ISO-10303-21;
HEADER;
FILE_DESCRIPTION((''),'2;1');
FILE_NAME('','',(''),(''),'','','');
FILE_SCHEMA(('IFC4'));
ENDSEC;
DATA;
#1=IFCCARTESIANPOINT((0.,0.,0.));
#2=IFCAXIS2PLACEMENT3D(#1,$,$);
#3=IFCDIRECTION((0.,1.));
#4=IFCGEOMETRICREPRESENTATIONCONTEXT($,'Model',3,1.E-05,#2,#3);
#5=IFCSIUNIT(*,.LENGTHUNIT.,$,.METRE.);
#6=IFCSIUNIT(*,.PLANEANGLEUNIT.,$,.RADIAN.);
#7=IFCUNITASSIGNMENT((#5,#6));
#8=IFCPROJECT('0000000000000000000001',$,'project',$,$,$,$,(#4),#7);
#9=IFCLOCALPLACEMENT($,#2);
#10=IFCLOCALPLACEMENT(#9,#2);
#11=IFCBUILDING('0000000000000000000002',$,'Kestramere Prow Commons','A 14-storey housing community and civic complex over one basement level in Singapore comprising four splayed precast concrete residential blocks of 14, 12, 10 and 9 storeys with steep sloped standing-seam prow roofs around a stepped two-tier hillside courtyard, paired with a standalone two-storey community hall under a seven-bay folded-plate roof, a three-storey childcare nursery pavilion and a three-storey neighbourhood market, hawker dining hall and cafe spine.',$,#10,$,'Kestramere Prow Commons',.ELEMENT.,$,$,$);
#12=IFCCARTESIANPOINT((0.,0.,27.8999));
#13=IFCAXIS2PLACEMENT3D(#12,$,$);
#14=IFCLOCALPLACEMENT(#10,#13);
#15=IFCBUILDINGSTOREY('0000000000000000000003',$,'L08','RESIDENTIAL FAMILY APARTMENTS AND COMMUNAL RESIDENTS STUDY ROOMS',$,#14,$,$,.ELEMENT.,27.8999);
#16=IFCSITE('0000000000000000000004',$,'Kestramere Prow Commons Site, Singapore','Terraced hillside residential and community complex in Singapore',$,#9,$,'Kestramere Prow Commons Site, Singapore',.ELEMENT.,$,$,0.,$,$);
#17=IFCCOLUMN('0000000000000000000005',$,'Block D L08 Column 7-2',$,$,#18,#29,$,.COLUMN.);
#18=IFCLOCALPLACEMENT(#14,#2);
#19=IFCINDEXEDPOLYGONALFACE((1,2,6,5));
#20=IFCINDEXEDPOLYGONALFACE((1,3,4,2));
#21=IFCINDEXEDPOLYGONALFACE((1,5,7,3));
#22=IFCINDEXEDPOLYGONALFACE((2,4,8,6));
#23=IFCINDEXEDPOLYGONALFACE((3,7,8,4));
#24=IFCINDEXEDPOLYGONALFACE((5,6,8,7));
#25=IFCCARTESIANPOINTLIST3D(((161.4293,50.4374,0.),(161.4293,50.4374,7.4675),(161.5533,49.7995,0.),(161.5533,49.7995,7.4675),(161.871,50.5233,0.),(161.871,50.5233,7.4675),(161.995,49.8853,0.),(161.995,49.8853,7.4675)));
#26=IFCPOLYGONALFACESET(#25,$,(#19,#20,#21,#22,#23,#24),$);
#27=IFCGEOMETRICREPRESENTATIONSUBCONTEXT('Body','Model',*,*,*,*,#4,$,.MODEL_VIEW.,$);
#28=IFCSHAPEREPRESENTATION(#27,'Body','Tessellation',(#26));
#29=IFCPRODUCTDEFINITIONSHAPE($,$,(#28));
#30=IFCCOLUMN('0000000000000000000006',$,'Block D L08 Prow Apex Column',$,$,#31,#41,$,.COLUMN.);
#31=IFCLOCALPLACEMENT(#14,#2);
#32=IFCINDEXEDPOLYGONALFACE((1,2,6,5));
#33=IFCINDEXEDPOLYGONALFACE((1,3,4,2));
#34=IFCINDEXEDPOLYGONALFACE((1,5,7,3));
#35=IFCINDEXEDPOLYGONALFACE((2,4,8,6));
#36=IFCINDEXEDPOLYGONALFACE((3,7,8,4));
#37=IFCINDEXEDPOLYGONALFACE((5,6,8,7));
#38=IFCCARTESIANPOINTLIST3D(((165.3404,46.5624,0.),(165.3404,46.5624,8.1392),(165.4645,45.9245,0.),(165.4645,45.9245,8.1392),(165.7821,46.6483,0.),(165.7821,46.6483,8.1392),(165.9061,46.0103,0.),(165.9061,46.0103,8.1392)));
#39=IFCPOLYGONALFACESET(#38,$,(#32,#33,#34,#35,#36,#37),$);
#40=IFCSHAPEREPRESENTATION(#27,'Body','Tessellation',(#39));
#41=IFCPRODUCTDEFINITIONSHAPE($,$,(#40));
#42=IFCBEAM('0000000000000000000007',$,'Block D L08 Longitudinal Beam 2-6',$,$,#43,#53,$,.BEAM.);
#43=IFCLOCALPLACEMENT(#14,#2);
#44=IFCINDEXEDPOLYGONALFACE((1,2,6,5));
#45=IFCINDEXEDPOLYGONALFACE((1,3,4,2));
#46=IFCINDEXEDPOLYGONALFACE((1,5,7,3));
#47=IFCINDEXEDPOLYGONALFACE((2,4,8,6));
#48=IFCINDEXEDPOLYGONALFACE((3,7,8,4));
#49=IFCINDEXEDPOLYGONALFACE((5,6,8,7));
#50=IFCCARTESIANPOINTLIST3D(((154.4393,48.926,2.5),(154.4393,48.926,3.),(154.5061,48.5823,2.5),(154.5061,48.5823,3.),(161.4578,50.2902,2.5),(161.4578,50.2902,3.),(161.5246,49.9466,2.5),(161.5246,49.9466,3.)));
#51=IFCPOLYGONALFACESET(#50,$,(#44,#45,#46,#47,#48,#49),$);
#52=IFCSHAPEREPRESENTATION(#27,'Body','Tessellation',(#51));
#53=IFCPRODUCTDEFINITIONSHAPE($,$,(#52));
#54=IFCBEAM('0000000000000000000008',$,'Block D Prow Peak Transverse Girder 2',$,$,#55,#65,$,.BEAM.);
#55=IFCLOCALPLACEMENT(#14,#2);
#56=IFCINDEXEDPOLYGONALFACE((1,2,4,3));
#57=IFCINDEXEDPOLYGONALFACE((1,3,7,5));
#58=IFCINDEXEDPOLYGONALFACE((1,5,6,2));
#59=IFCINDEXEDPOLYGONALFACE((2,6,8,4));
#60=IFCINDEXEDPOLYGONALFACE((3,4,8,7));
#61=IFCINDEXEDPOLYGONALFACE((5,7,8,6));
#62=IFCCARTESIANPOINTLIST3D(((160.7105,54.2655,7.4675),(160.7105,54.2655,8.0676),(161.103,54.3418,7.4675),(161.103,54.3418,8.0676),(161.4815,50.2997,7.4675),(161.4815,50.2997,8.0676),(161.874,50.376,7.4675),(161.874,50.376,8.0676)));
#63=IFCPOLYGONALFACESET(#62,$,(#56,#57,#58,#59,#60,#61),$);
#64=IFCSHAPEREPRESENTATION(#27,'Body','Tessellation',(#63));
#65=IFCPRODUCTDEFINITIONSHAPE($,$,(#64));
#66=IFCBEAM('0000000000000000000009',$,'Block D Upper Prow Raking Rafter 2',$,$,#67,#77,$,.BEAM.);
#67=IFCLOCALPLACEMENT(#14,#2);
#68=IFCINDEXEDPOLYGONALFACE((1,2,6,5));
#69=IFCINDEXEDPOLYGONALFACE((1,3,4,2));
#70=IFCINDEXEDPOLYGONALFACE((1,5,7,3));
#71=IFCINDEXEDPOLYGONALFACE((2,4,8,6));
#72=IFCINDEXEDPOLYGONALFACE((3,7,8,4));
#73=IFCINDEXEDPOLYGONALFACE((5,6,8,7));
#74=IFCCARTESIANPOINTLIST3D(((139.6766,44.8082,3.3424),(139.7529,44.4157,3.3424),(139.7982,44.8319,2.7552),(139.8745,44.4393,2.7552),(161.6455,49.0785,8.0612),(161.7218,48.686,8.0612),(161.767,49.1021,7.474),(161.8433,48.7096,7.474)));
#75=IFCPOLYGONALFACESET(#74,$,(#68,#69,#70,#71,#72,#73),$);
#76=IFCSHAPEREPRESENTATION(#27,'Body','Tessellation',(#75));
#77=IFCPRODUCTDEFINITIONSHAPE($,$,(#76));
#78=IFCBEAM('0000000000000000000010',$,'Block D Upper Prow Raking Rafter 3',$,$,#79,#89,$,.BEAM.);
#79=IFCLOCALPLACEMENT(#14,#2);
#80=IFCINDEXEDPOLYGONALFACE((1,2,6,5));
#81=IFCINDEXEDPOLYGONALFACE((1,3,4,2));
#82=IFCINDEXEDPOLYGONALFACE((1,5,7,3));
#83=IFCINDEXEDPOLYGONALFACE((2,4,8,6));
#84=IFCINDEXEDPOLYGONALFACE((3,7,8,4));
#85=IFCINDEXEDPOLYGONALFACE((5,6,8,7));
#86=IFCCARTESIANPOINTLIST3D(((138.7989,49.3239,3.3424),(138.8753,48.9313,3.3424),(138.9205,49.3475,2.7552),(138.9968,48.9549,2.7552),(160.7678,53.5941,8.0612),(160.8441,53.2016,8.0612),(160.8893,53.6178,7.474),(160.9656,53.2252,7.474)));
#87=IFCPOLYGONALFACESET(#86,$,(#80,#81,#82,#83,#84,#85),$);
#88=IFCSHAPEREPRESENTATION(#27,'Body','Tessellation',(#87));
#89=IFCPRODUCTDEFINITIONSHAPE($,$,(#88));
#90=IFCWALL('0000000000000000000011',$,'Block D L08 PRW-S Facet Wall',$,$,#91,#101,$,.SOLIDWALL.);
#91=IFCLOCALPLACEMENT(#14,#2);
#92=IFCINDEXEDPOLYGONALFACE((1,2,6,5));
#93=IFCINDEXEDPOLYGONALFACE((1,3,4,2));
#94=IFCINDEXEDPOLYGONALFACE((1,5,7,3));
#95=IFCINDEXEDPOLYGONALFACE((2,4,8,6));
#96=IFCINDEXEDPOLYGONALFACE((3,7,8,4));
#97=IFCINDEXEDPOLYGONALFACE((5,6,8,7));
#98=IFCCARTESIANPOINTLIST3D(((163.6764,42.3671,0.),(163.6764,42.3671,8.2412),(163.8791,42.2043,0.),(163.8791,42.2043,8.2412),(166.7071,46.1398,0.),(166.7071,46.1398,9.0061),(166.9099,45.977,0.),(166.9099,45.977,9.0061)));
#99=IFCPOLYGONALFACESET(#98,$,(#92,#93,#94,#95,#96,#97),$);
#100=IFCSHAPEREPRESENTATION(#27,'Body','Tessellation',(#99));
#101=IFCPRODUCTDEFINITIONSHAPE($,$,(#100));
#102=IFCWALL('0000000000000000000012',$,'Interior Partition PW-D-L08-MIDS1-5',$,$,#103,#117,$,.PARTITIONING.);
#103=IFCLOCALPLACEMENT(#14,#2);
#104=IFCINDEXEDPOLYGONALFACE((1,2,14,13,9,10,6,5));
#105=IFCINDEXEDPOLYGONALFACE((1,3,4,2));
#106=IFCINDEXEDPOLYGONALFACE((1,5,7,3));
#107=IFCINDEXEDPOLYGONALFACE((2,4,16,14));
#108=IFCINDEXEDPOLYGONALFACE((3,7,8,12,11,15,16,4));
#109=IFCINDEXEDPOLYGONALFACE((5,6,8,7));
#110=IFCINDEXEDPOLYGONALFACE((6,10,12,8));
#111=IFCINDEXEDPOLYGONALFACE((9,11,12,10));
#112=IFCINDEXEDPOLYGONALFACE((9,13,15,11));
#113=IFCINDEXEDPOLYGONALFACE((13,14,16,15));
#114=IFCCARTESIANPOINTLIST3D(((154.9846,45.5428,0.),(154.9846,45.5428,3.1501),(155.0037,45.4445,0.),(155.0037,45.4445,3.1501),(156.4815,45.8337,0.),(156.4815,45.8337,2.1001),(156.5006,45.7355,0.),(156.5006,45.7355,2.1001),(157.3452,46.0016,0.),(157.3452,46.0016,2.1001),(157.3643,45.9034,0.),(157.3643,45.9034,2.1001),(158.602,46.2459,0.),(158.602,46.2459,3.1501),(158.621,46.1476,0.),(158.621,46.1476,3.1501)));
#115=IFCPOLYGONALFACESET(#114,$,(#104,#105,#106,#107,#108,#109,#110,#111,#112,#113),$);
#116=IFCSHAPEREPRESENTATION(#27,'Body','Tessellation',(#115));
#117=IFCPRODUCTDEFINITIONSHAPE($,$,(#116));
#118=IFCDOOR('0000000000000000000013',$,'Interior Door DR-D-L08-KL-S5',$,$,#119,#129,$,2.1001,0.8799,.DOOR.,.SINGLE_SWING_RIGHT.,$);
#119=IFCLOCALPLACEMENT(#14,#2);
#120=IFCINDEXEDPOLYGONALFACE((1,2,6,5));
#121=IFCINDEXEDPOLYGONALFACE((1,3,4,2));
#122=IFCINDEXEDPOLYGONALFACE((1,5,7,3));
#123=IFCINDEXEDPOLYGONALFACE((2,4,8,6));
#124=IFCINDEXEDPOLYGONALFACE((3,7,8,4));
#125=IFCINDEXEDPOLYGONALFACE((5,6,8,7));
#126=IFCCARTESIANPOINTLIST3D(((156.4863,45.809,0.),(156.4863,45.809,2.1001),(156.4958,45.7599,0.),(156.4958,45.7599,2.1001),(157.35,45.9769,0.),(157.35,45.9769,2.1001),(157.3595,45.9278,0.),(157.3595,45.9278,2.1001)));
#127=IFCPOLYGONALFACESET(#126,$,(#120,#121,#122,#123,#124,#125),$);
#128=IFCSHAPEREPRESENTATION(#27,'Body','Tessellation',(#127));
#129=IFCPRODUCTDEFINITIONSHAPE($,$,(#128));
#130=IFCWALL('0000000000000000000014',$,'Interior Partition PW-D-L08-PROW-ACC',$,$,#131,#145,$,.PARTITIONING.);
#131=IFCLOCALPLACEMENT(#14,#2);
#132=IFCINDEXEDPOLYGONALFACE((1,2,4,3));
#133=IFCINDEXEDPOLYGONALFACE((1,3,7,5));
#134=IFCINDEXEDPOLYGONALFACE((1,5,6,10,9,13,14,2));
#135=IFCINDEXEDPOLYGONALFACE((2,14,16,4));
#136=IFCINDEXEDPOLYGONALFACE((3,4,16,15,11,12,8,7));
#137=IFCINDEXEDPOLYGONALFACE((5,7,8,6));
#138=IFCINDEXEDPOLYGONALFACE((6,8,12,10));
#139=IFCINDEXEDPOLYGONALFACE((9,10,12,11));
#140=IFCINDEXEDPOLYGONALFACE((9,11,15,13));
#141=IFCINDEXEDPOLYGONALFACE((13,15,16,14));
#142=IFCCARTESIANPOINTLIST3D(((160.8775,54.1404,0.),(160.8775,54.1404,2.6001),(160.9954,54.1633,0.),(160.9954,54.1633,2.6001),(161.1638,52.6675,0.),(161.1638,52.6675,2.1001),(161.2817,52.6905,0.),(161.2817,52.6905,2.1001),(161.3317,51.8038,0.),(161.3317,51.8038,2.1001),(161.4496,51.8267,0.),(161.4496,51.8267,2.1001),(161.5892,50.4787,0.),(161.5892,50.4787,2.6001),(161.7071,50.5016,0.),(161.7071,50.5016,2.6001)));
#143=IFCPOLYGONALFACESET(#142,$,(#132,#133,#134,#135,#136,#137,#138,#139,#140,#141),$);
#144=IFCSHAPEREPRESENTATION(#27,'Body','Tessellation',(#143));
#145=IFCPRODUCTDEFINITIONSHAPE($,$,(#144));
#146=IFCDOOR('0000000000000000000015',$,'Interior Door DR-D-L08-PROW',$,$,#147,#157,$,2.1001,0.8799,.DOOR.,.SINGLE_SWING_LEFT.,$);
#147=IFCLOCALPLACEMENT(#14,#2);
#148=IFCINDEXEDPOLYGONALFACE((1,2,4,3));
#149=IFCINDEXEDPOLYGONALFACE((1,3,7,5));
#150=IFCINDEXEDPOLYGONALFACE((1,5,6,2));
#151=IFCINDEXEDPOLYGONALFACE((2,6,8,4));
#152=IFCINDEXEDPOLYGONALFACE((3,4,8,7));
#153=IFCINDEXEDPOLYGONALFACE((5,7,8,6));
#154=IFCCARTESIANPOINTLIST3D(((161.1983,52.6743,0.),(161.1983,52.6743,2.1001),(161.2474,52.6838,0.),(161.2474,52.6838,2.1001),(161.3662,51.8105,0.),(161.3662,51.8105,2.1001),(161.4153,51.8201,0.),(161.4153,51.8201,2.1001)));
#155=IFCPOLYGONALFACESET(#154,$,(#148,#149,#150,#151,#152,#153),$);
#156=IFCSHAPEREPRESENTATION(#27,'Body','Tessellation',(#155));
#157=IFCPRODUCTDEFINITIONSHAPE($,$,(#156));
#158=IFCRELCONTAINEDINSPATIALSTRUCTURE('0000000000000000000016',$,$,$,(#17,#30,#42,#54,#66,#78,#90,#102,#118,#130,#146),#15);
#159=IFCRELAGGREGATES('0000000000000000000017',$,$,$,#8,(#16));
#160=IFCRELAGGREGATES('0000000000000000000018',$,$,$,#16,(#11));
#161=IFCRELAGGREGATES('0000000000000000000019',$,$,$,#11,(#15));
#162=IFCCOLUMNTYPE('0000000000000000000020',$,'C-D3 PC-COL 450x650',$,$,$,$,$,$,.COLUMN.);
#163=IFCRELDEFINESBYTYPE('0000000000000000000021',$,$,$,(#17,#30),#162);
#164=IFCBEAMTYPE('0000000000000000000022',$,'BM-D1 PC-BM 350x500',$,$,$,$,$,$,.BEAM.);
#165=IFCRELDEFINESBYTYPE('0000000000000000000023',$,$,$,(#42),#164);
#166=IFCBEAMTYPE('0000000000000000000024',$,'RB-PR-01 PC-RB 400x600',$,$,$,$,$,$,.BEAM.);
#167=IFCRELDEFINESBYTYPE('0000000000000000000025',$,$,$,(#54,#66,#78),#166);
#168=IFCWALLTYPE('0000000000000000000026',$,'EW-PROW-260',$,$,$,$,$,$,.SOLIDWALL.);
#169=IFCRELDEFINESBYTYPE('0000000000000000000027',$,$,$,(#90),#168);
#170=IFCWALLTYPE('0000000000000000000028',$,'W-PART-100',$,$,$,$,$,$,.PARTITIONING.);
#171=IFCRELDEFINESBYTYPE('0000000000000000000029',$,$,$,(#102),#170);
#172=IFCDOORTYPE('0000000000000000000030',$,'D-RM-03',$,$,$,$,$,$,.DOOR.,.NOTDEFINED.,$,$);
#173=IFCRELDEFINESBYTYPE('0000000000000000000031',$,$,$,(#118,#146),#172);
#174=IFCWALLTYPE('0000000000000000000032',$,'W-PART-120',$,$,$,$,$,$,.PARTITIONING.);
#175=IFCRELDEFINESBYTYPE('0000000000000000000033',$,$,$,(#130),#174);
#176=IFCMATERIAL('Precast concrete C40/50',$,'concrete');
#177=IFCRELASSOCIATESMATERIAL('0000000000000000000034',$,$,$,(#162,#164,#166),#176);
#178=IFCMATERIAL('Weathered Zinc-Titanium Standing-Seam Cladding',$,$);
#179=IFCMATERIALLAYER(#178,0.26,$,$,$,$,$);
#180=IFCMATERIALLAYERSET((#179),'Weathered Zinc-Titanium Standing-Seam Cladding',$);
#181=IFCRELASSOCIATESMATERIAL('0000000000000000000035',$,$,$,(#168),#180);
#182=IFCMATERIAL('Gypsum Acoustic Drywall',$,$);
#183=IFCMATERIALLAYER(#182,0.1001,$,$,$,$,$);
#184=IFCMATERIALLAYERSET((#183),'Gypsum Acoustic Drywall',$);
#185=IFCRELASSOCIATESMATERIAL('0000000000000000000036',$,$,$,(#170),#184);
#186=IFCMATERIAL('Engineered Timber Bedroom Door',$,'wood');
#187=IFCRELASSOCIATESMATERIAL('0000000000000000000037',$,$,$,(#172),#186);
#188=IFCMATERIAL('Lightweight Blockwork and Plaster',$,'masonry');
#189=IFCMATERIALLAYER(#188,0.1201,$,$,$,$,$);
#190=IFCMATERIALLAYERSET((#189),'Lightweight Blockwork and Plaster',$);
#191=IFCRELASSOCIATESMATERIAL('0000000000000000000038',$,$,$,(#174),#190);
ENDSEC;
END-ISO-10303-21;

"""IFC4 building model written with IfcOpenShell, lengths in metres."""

from ifc_helpers import new_model, si_unit, direction, frame, frame_2d, origin, origin_2d, place, context, subcontext, project, spatial, polyline, rectangle, outline, extrude, material, layer, layer_set, material_profile, profile_set, type_object, element, fill, save


model = new_model("IFC4")

# Units and contexts
model_context = context("Model", 3, precision=1e-05, world=origin(), true_north=direction((0.0, 1.0)))
body_context = subcontext(model_context, "Body", "Model", "MODEL_VIEW")
ifc_project = project(units=[si_unit("LENGTHUNIT", "METRE"), si_unit("PLANEANGLEUNIT", "RADIAN")], contexts=[model_context])

# Site, building, storey
site_placement = place(None, origin())
site = spatial("IfcSite", under=ifc_project, at=site_placement, Name="Kestramere Prow Commons Site, Singapore", Description="Terraced hillside residential and community complex in Singapore", LongName="Kestramere Prow Commons Site, Singapore", CompositionType="ELEMENT", RefElevation=0.0)
building_placement = place(site_placement, origin())
building = spatial("IfcBuilding", under=site, at=building_placement, Name="Kestramere Prow Commons", Description="A 14-storey housing community and civic complex over one basement level in Singapore comprising four splayed precast concrete residential blocks of 14, 12, 10 and 9 storeys with steep sloped standing-seam prow roofs around a stepped two-tier hillside courtyard, paired with a standalone two-storey community hall under a seven-bay folded-plate roof, a three-storey childcare nursery pavilion and a three-storey neighbourhood market, hawker dining hall and cafe spine.", LongName="Kestramere Prow Commons", CompositionType="ELEMENT")
storey_placement = place(building_placement, frame((0.0, 0.0, 27.8999)))
storey = spatial("IfcBuildingStorey", under=building, at=storey_placement, Name="L08", Description="RESIDENTIAL FAMILY APARTMENTS AND COMMUNAL RESIDENTS STUDY ROOMS", CompositionType="ELEMENT", Elevation=27.8999)

# Columns
ifc_material_1 = material(Name="Precast concrete C40/50", Category="concrete")
ifc_material_profile_1 = material_profile(ifc_material_1, rectangle(XDim=0.45, YDim=0.6499, at=origin_2d()), Name="PC-COL 450x650")
ifc_profile_set_1 = profile_set([ifc_material_profile_1], Name="Precast concrete C40/50")
column_type = type_object("IfcColumnType", Name="C-D3 PC-COL 450x650", PredefinedType="COLUMN", material=ifc_profile_set_1)
column_1_placement = place(storey_placement, frame((161.7122, 50.1614, 0.0), z_axis=(0.0, 0.0, 1.0), x_axis=(0.981627, 0.190809, 0.0)))
element("IfcColumn", 1, at=column_1_placement, inside=storey, type_object=column_type, Name="Block D L08 Column 7-2", PredefinedType="COLUMN", context=body_context, shape_type="SweptSolid", body=[
    extrude(rectangle(XDim=0.45, YDim=0.6499, at=origin_2d()), origin(), (0.0, 0.0, 1.0), 7.4675),
])
column_2_placement = place(storey_placement, frame((165.6233, 46.2864, 0.0), z_axis=(0.0, 0.0, 1.0), x_axis=(0.981627, 0.190809, 0.0)))
element("IfcColumn", 2, at=column_2_placement, inside=storey, type_object=column_type, Name="Block D L08 Prow Apex Column", PredefinedType="COLUMN", context=body_context, shape_type="SweptSolid", body=[
    extrude(rectangle(XDim=0.45, YDim=0.6499, at=origin_2d()), origin(), (0.0, 0.0, 1.0), 8.1392),
])

# Beams
ifc_material_profile_2 = material_profile(ifc_material_1, rectangle(XDim=0.3501, YDim=0.5, at=origin_2d()), Name="PC-BM 350x500")
ifc_profile_set_2 = profile_set([ifc_material_profile_2], Name="Precast concrete C40/50")
beam_type_1 = type_object("IfcBeamType", Name="BM-D1 PC-BM 350x500", PredefinedType="BEAM", material=ifc_profile_set_2)
beam_1_placement = place(storey_placement, frame((154.4727, 48.7542, 2.75), z_axis=(0.981627, 0.190808, 0.0), x_axis=(-0.190808, 0.981627, 0.0)))
element("IfcBeam", 3, at=beam_1_placement, inside=storey, type_object=beam_type_1, Name="Block D L08 Longitudinal Beam 2-6", PredefinedType="BEAM", context=body_context, shape_type="SweptSolid", body=[
    extrude(rectangle(XDim=0.3501, YDim=0.5, at=origin_2d()), origin(), (0.0, 0.0, 1.0), 7.1499),
])
ifc_material_profile_3 = material_profile(ifc_material_1, rectangle(XDim=0.3999, YDim=0.6001, at=origin_2d()), Name="PC-RB 400x600")
ifc_profile_set_3 = profile_set([ifc_material_profile_3], Name="Precast concrete C40/50")
beam_type_2 = type_object("IfcBeamType", Name="RB-PR-01 PC-RB 400x600", PredefinedType="BEAM", material=ifc_profile_set_3)
beam_2_placement = place(storey_placement, frame((161.6777, 50.3379, 7.7676), z_axis=(-0.190837, 0.981622, 0.0), x_axis=(-0.981622, -0.190837, 0.0)))
element("IfcBeam", 4, at=beam_2_placement, inside=storey, type_object=beam_type_2, Name="Block D Prow Peak Transverse Girder 2", PredefinedType="BEAM", context=body_context, shape_type="SweptSolid", body=[
    extrude(rectangle(XDim=0.3999, YDim=0.6001, at=origin_2d()), origin(), (0.0, 0.0, 1.0), 4.04),
])
for number, where, z_axis, x_axis, name in (
    (5, (161.7444, 48.894, 7.7676), (-0.960509, -0.186703, -0.206311), (0.190808, -0.981627, 0.0), "Block D Upper Prow Raking Rafter 2"),
    (6, (160.8667, 53.4097, 7.7676), (-0.960509, -0.186703, -0.206311), (0.190808, -0.981627, 0.0), "Block D Upper Prow Raking Rafter 3"),
):
    element("IfcBeam", number, at=place(storey_placement, frame(where, z_axis=z_axis, x_axis=x_axis)), inside=storey, type_object=beam_type_2, Name=name, PredefinedType="BEAM", context=body_context, shape_type="SweptSolid", body=[
        extrude(rectangle(XDim=0.3999, YDim=0.6001, at=origin_2d()), origin(), (0.0, 0.0, 1.0), 22.8721),
    ])

# Wall
ifc_material_2 = material(Name="Weathered Zinc-Titanium Standing-Seam Cladding")
ifc_layer_1 = layer(ifc_material_2, 0.26)
ifc_layer_set_1 = layer_set([ifc_layer_1], Name="Weathered Zinc-Titanium Standing-Seam Cladding")
wall_type_1 = type_object("IfcWallType", Name="EW-PROW-260", PredefinedType="SOLIDWALL", material=ifc_layer_set_1)
wall_1_placement = place(storey_placement, frame((166.8086, 46.0583, 0.0), z_axis=(0.0, 0.0, 1.0), x_axis=(-0.626281, -0.779597, 0.0)))
element("IfcWall", 7, at=wall_1_placement, inside=storey, type_object=wall_type_1, Name="Block D L08 PRW-S Facet Wall", PredefinedType="SOLIDWALL", context=body_context, shape_type="SweptSolid", body=[
    extrude(outline(polyline([(0.0, 0.0), (4.8394, 0.0), (4.8394, 8.2412), (0.0, 9.0061), (0.0, 0.0)])), frame((0.0, 0.1299, 0.0), z_axis=(0.0, -1.0, 0.0), x_axis=(1.0, 0.0, 0.0)), (0.0, 0.0, 1.0), 0.26),
])

# Walls, openings, doors
ifc_material_3 = material(Name="Gypsum Acoustic Drywall")
ifc_layer_2 = layer(ifc_material_3, 0.1001)
ifc_layer_set_2 = layer_set([ifc_layer_2], Name="Gypsum Acoustic Drywall")
wall_type_2 = type_object("IfcWallType", Name="W-PART-100", PredefinedType="PARTITIONING", material=ifc_layer_set_2)
wall_2_placement = place(storey_placement, frame((154.9941, 45.4937, 0.0), z_axis=(0.0, 0.0, 1.0), x_axis=(0.981629, 0.190801, 0.0)))
wall_2 = element("IfcWall", 8, at=wall_2_placement, inside=storey, type_object=wall_type_2, Name="Interior Partition PW-D-L08-MIDS1-5", PredefinedType="PARTITIONING", context=body_context, shape_type="SweptSolid", body=[
    extrude(rectangle(XDim=3.6851, YDim=0.1001, at=frame_2d((1.8425, 0.0))), origin(), (0.0, 0.0, 1.0), 3.1501),
])
opening_1_placement = place(wall_2_placement, frame((1.5249, 0.0, 0.0)))
opening_1 = element("IfcOpeningElement", 9, at=opening_1_placement, cuts=wall_2, PredefinedType="OPENING", context=body_context, shape_type="SweptSolid", body=[
    extrude(rectangle(XDim=0.8799, YDim=2.1001, at=frame_2d((0.4399, 1.05))), frame((0.0, 0.0649, 0.0), z_axis=(0.0, -1.0, 0.0), x_axis=(1.0, 0.0, 0.0)), (0.0, 0.0, 1.0), 0.1301),
])
ifc_material_4 = material(Name="Engineered Timber Bedroom Door", Category="wood")
door_type_1 = type_object("IfcDoorType", Name="D-RM-03", OperationType="NOTDEFINED", PredefinedType="DOOR", material=ifc_material_4)
door_1_placement = place(opening_1_placement, origin())
door_1 = element("IfcDoor", 10, at=door_1_placement, inside=storey, type_object=door_type_1, Name="Interior Door DR-D-L08-KL-S5", OperationType="SINGLE_SWING_RIGHT", OverallHeight=2.1001, OverallWidth=0.8799, PredefinedType="DOOR", context=body_context, shape_type="SweptSolid", body=[
    extrude(rectangle(XDim=0.8799, YDim=2.1001, at=frame_2d((0.4399, 1.05))), frame((0.0, 0.0249, 0.0), z_axis=(0.0, -1.0, 0.0), x_axis=(1.0, 0.0, 0.0)), (0.0, 0.0, 1.0), 0.05),
])
fill(opening_1, door_1)
ifc_material_5 = material(Name="Lightweight Blockwork and Plaster", Category="masonry")
ifc_layer_3 = layer(ifc_material_5, 0.1201)
ifc_layer_set_3 = layer_set([ifc_layer_3], Name="Lightweight Blockwork and Plaster")
wall_type_3 = type_object("IfcWallType", Name="W-PART-120", PredefinedType="PARTITIONING", material=ifc_layer_set_3)
wall_3_placement = place(storey_placement, frame((161.6482, 50.49, 0.0), z_axis=(0.0, 0.0, 1.0), x_axis=(-0.190789, 0.981631, 0.0)))
wall_3 = element("IfcWall", 11, at=wall_3_placement, inside=storey, type_object=wall_type_3, Name="Interior Partition PW-D-L08-PROW-ACC", PredefinedType="PARTITIONING", context=body_context, shape_type="SweptSolid", body=[
    extrude(rectangle(XDim=3.7302, YDim=0.1201, at=frame_2d((1.8652, 0.0))), origin(), (0.0, 0.0, 1.0), 2.6001),
])
opening_2_placement = place(wall_3_placement, frame((1.3501, 0.0, 0.0)))
opening_2 = element("IfcOpeningElement", 12, at=opening_2_placement, cuts=wall_3, PredefinedType="OPENING", context=body_context, shape_type="SweptSolid", body=[
    extrude(rectangle(XDim=0.8799, YDim=2.1001, at=frame_2d((0.4399, 1.05))), frame((0.0, 0.075, 0.0), z_axis=(0.0, -1.0, 0.0), x_axis=(1.0, 0.0, 0.0)), (0.0, 0.0, 1.0), 0.1501),
])
door_2_placement = place(opening_2_placement, origin())
door_2 = element("IfcDoor", 13, at=door_2_placement, inside=storey, type_object=door_type_1, Name="Interior Door DR-D-L08-PROW", OperationType="SINGLE_SWING_LEFT", OverallHeight=2.1001, OverallWidth=0.8799, PredefinedType="DOOR", context=body_context, shape_type="SweptSolid", body=[
    extrude(rectangle(XDim=0.8799, YDim=2.1001, at=frame_2d((0.4399, 1.05))), frame((0.0, 0.0249, 0.0), z_axis=(0.0, -1.0, 0.0), x_axis=(1.0, 0.0, 0.0)), (0.0, 0.0, 1.0), 0.05),
])
fill(opening_2, door_2)

save(model, "model.ifc")
